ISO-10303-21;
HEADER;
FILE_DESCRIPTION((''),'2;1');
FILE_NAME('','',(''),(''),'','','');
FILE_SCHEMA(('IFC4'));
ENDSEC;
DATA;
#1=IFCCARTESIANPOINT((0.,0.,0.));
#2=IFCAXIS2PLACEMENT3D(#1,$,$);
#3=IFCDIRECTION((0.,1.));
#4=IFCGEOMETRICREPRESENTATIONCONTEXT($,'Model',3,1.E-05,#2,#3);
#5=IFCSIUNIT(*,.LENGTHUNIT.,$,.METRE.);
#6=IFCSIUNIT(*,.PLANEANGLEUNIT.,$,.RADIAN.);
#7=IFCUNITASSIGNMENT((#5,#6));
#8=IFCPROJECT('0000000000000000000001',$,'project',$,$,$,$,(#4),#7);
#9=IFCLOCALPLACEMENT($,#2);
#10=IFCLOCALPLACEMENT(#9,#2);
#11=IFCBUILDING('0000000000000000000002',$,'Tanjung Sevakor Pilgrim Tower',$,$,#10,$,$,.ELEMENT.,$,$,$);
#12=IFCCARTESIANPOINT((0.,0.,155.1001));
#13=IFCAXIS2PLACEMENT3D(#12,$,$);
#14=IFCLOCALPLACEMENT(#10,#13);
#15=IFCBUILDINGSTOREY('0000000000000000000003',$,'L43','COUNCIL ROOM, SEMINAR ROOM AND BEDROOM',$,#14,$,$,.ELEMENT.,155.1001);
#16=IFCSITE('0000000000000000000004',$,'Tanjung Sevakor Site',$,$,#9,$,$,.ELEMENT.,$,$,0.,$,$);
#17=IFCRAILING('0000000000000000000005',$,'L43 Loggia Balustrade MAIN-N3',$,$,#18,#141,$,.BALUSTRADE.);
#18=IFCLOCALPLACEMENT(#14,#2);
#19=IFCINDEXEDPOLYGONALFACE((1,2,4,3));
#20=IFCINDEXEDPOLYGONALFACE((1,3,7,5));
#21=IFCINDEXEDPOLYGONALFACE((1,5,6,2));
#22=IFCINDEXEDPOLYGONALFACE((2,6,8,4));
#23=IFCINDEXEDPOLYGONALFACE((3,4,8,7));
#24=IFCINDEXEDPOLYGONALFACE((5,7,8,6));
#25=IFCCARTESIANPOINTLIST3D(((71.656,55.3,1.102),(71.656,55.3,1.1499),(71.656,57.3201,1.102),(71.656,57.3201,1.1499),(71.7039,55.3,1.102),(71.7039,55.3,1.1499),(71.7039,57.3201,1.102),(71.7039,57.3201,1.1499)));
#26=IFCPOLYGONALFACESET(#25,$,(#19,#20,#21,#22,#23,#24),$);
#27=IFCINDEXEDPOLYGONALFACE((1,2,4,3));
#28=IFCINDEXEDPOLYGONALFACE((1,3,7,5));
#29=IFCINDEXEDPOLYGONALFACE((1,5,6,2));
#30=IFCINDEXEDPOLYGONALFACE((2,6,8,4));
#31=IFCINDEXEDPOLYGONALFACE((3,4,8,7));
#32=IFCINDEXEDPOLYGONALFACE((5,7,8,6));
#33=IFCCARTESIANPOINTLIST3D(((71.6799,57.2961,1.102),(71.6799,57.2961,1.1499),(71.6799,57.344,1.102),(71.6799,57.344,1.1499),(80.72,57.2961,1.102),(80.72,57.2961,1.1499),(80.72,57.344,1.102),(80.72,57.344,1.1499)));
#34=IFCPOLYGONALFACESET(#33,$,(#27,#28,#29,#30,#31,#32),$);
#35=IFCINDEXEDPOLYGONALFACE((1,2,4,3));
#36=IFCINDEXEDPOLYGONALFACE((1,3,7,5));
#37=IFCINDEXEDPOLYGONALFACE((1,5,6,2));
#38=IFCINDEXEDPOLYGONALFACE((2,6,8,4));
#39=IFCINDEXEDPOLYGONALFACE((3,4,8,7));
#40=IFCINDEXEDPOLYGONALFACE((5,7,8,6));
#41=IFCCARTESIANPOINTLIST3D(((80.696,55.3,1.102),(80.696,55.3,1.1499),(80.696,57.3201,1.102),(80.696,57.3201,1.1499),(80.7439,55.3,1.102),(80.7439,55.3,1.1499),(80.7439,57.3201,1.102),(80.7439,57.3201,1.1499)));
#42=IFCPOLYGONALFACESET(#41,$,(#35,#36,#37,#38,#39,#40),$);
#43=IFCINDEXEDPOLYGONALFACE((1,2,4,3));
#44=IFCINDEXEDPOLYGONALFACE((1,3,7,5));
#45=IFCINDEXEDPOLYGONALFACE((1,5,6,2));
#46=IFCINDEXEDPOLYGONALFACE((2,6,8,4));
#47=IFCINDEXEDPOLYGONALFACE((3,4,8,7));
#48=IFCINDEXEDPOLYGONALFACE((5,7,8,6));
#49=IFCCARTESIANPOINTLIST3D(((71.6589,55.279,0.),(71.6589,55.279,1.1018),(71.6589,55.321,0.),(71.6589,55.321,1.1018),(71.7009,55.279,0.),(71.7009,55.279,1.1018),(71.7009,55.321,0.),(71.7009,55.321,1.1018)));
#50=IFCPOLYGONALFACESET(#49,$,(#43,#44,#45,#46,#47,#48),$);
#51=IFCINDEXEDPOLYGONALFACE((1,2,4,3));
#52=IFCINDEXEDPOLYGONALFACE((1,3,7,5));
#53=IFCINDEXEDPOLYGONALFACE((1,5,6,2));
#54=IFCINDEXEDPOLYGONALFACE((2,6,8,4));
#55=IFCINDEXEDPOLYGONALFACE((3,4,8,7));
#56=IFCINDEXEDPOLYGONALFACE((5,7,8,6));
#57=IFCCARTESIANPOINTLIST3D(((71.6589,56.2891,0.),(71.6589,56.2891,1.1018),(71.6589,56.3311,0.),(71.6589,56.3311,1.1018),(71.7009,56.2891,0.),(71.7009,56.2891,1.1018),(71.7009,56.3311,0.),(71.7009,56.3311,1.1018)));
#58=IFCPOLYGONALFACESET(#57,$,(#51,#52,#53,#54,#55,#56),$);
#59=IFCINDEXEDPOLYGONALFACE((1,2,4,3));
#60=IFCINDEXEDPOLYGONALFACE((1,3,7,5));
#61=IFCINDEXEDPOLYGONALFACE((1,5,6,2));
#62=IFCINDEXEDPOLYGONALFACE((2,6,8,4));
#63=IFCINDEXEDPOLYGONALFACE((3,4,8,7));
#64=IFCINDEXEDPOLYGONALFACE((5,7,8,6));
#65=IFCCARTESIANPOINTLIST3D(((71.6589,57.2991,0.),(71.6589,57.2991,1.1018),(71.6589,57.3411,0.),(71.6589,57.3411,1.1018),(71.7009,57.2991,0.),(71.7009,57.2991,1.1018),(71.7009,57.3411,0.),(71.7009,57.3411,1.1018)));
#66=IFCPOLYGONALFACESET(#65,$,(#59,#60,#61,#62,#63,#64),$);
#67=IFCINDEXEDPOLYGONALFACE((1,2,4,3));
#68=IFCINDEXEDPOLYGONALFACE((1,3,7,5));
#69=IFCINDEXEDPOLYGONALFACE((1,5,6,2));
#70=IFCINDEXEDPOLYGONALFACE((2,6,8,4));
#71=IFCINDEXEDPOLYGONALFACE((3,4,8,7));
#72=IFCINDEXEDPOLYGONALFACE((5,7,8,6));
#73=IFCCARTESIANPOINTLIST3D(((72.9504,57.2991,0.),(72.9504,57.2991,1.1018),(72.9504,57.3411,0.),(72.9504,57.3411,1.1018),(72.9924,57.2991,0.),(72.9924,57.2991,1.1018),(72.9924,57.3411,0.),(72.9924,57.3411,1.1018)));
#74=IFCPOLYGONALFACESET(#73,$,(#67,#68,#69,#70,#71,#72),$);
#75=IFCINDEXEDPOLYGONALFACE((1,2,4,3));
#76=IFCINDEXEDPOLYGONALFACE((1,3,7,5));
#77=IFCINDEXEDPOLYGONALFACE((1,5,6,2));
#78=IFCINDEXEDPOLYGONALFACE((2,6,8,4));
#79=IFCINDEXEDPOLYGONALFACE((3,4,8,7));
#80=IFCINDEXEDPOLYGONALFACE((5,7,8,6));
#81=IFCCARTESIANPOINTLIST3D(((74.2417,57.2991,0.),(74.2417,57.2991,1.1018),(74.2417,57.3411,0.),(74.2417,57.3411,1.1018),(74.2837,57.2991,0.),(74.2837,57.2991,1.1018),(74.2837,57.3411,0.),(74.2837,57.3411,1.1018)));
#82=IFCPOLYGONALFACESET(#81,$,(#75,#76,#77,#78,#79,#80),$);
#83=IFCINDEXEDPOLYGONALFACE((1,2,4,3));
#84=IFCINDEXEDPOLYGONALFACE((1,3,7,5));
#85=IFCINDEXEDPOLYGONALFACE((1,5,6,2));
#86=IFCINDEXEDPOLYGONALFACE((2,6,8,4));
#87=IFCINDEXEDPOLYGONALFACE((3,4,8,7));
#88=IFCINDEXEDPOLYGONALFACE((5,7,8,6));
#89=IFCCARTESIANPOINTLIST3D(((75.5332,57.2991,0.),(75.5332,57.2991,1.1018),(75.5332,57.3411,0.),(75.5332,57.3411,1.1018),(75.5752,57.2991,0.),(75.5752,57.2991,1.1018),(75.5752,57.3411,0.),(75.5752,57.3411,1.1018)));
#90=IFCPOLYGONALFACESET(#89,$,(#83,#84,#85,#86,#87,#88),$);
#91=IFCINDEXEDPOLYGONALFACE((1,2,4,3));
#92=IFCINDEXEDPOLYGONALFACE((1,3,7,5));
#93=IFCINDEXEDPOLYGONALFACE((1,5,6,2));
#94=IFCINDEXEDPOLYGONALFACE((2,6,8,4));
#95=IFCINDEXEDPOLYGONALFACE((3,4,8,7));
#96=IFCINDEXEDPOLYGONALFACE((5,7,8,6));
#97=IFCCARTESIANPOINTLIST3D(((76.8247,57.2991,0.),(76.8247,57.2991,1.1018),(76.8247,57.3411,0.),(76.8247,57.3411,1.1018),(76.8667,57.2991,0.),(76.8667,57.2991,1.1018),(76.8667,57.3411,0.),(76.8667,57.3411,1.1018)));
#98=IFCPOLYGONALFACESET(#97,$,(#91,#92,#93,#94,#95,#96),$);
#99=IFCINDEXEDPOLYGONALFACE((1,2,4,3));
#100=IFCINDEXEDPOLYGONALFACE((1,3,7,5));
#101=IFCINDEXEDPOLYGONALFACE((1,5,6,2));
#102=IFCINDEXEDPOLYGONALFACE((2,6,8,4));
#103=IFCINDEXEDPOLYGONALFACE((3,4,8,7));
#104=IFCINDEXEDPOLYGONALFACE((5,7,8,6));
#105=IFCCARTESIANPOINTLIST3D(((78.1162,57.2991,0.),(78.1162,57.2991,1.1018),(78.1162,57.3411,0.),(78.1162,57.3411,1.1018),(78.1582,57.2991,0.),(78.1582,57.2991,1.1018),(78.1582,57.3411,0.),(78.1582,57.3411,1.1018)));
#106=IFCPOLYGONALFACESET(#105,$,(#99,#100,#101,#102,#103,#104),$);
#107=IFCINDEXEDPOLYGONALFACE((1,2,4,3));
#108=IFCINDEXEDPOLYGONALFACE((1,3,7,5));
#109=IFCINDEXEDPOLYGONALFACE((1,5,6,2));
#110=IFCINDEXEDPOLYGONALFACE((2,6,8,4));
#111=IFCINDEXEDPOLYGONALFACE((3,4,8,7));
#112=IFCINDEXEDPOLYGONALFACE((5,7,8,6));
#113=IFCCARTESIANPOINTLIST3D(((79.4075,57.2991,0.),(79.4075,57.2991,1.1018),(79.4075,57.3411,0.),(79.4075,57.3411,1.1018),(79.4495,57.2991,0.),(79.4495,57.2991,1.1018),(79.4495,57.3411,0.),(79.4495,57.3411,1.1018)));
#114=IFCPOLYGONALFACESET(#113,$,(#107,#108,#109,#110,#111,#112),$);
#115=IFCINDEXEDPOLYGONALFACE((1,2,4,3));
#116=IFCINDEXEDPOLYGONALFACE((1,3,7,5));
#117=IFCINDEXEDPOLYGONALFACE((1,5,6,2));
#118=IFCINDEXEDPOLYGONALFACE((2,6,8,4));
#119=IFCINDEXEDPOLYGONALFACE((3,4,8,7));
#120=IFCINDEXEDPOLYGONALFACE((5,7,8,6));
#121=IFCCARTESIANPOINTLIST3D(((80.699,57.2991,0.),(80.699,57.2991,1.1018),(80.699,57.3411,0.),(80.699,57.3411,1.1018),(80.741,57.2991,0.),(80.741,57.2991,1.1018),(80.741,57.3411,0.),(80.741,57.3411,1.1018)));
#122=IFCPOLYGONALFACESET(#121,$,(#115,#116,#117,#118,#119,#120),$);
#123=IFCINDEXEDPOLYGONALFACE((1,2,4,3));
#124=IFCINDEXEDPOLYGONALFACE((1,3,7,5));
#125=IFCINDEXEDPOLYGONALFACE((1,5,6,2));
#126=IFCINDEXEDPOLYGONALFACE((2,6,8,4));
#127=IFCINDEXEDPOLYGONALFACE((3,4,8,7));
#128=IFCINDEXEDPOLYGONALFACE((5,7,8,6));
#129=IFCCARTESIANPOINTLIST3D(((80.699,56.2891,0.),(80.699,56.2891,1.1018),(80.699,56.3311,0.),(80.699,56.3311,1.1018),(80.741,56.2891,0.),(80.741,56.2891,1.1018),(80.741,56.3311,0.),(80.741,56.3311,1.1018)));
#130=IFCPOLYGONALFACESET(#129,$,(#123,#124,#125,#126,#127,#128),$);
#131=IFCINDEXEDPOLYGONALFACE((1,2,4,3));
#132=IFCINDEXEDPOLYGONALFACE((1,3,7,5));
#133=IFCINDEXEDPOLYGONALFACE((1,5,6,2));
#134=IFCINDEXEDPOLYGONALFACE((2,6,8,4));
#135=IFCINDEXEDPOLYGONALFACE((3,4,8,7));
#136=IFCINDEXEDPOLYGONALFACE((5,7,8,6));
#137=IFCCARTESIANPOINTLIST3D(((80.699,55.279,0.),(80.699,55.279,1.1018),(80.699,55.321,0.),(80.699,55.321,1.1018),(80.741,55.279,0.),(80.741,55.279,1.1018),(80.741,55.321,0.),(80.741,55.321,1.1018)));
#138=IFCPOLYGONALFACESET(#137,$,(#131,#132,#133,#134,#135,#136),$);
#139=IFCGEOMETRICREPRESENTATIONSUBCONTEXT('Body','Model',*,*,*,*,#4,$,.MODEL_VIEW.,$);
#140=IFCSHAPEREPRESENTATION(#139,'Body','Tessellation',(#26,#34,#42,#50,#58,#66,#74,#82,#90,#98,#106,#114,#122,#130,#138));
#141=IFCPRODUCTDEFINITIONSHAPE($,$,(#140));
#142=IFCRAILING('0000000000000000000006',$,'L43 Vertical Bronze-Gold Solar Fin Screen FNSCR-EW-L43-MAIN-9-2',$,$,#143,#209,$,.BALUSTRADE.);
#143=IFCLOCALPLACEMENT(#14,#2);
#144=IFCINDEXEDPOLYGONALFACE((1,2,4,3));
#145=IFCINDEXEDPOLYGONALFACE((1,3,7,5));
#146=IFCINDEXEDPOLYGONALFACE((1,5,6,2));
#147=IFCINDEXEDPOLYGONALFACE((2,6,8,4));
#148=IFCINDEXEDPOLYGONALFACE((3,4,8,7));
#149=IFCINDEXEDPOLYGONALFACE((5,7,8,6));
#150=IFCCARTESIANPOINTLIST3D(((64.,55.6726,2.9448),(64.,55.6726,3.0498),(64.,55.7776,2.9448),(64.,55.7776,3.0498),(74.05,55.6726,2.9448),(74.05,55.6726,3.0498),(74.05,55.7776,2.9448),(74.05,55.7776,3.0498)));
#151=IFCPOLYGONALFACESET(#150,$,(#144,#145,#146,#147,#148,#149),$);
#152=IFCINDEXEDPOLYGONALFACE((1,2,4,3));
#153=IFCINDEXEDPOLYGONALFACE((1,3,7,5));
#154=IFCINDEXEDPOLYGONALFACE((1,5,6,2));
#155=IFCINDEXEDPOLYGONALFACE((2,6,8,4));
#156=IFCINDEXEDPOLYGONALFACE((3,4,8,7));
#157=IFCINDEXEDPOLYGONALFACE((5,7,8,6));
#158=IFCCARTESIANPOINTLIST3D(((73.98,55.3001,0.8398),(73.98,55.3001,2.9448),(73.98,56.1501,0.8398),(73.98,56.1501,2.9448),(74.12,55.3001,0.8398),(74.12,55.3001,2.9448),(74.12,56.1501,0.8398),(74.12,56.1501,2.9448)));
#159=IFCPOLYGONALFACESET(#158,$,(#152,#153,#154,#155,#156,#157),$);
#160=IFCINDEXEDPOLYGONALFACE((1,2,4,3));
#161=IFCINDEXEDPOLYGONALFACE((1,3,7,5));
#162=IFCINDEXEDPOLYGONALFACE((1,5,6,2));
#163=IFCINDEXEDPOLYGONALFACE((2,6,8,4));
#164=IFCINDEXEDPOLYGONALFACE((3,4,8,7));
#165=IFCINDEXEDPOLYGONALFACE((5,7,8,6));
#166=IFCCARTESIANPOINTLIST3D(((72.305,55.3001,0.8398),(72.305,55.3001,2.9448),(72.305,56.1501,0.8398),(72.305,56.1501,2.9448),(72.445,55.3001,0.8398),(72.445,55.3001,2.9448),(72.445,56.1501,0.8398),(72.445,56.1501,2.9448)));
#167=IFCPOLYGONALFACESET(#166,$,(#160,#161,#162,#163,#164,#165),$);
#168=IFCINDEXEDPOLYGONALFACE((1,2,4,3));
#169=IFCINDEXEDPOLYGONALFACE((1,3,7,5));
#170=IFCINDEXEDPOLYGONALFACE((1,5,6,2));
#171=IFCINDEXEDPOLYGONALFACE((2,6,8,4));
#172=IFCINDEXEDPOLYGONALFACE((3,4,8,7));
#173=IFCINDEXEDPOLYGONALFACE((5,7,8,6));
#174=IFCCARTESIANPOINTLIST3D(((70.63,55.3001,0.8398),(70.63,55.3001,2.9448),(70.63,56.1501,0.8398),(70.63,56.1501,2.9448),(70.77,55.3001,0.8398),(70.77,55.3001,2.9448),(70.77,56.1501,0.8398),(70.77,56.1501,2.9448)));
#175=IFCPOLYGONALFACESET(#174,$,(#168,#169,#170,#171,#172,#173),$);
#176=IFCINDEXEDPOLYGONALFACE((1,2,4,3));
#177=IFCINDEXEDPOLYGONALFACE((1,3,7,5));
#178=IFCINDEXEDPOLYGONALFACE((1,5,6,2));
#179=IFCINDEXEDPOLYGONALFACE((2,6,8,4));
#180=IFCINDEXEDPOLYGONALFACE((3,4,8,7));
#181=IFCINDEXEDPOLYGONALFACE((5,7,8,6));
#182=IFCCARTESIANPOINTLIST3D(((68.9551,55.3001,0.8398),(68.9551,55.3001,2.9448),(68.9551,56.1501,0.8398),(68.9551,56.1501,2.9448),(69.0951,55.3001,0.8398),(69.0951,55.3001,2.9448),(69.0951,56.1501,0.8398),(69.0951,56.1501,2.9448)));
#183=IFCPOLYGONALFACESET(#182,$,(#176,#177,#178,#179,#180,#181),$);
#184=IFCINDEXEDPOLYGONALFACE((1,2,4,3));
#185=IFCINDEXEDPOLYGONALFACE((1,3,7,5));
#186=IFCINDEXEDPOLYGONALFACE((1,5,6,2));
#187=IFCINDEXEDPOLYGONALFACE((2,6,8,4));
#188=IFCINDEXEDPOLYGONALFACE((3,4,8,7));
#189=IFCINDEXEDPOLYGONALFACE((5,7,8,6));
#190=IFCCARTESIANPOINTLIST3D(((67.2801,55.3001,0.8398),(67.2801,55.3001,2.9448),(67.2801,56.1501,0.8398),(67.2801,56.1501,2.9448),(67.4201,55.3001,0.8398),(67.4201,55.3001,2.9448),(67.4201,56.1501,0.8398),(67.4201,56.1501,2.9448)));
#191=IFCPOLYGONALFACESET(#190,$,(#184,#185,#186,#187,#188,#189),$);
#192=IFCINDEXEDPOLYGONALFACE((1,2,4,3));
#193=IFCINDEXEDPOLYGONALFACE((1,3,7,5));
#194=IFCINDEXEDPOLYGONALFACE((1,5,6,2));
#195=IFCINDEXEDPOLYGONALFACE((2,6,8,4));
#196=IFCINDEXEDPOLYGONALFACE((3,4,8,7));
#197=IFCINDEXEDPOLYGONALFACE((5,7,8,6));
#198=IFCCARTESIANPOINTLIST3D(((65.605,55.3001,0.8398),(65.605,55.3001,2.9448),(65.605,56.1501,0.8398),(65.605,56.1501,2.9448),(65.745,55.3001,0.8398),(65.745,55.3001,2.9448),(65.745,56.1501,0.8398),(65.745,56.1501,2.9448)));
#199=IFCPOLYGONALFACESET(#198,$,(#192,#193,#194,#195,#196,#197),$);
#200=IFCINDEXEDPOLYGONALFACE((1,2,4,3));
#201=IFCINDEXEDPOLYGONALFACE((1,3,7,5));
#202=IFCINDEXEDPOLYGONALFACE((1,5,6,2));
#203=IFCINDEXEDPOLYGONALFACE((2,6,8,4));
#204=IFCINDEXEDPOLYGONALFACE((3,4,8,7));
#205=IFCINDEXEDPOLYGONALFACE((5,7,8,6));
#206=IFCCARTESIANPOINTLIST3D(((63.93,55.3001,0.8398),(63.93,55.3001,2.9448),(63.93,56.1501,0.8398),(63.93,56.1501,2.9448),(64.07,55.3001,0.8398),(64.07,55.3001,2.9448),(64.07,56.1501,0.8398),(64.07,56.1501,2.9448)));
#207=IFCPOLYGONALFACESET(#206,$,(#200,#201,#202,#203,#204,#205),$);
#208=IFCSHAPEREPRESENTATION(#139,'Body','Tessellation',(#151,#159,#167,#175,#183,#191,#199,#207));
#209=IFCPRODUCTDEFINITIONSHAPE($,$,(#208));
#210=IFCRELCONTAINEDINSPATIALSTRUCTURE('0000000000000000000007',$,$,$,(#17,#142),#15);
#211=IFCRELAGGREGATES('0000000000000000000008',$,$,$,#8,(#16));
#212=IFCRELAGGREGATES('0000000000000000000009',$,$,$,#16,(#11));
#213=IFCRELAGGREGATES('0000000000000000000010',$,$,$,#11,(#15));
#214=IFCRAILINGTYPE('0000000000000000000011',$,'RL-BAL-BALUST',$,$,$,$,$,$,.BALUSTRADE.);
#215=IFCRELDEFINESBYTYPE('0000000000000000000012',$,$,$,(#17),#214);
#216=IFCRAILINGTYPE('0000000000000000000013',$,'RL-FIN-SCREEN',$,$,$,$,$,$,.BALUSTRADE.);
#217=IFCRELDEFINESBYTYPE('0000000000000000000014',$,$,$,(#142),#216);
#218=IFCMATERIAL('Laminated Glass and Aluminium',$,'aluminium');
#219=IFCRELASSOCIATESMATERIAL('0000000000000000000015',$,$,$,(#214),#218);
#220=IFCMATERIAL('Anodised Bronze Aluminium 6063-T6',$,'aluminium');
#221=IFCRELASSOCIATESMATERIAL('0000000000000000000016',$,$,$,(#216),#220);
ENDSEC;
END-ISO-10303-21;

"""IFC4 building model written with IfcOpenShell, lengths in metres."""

from ifc_helpers import new_model, si_unit, direction, frame, origin, place, context, subcontext, project, spatial, rectangle, extrude, material, type_object, element, save


model = new_model("IFC4")

# Units and contexts
model_context = context("Model", 3, precision=1e-05, world=origin(), true_north=direction((0.0, 1.0)))
body_context = subcontext(model_context, "Body", "Model", "MODEL_VIEW")
ifc_project = project(units=[si_unit("LENGTHUNIT", "METRE"), si_unit("PLANEANGLEUNIT", "RADIAN")], contexts=[model_context])

# Site, building, storey
site_placement = place(None, origin())
site = spatial("IfcSite", under=ifc_project, at=site_placement, Name="Tanjung Sevakor Site", CompositionType="ELEMENT", RefElevation=0.0)
building_placement = place(site_placement, origin())
building = spatial("IfcBuilding", under=site, at=building_placement, Name="Tanjung Sevakor Pilgrim Tower", CompositionType="ELEMENT")
storey_placement = place(building_placement, frame((0.0, 0.0, 155.1001)))
storey = spatial("IfcBuildingStorey", under=building, at=storey_placement, Name="L43", Description="COUNCIL ROOM, SEMINAR ROOM AND BEDROOM", CompositionType="ELEMENT", Elevation=155.1001)

# Railings
ifc_material_1 = material(Name="Laminated Glass and Aluminium", Category="aluminium")
railing_type_1 = type_object("IfcRailingType", Name="RL-BAL-BALUST", PredefinedType="BALUSTRADE", material=ifc_material_1)
railing_1_placement = place(storey_placement, frame((71.6799, 55.3, 0.0)))
element("IfcRailing", 1, at=railing_1_placement, inside=storey, type_object=railing_type_1, Name="L43 Loggia Balustrade MAIN-N3", PredefinedType="BALUSTRADE", context=body_context, shape_type="SweptSolid", body=[
    extrude(rectangle(XDim=0.0479, YDim=0.0479), frame((0.0, 0.0, 1.126), z_axis=(0.0, 1.0, 0.0), x_axis=(-1.0, 0.0, 0.0)), (0.0, 0.0, 1.0), 2.02),
    extrude(rectangle(XDim=0.0479, YDim=0.0479), frame((0.0, 2.02, 1.126), z_axis=(1.0, 0.0, 0.0), x_axis=(0.0, 1.0, 0.0)), (0.0, 0.0, 1.0), 9.04),
    extrude(rectangle(XDim=0.0479, YDim=0.0479), frame((9.04, 2.02, 1.126), z_axis=(0.0, -1.0, 0.0), x_axis=(1.0, 0.0, 0.0)), (0.0, 0.0, 1.0), 2.02),
    extrude(rectangle(XDim=0.042, YDim=0.042), origin(), (0.0, 0.0, 1.0), 1.1018),
    extrude(rectangle(XDim=0.042, YDim=0.042), frame((0.0, 1.01, 0.0)), (0.0, 0.0, 1.0), 1.1018),
    extrude(rectangle(XDim=0.042, YDim=0.042), frame((0.0, 2.02, 0.0)), (0.0, 0.0, 1.0), 1.1018),
    extrude(rectangle(XDim=0.042, YDim=0.042), frame((1.2915, 2.02, 0.0)), (0.0, 0.0, 1.0), 1.1018),
    extrude(rectangle(XDim=0.042, YDim=0.042), frame((2.5828, 2.02, 0.0)), (0.0, 0.0, 1.0), 1.1018),
    extrude(rectangle(XDim=0.042, YDim=0.042), frame((3.8743, 2.02, 0.0)), (0.0, 0.0, 1.0), 1.1018),
    extrude(rectangle(XDim=0.042, YDim=0.042), frame((5.1658, 2.02, 0.0)), (0.0, 0.0, 1.0), 1.1018),
    extrude(rectangle(XDim=0.042, YDim=0.042), frame((6.4573, 2.02, 0.0)), (0.0, 0.0, 1.0), 1.1018),
    extrude(rectangle(XDim=0.042, YDim=0.042), frame((7.7485, 2.02, 0.0)), (0.0, 0.0, 1.0), 1.1018),
    extrude(rectangle(XDim=0.042, YDim=0.042), frame((9.04, 2.02, 0.0)), (0.0, 0.0, 1.0), 1.1018),
    extrude(rectangle(XDim=0.042, YDim=0.042), frame((9.04, 1.01, 0.0)), (0.0, 0.0, 1.0), 1.1018),
    extrude(rectangle(XDim=0.042, YDim=0.042), frame((9.04, 0.0, 0.0)), (0.0, 0.0, 1.0), 1.1018),
])
ifc_material_2 = material(Name="Anodised Bronze Aluminium 6063-T6", Category="aluminium")
railing_type_2 = type_object("IfcRailingType", Name="RL-FIN-SCREEN", PredefinedType="BALUSTRADE", material=ifc_material_2)
railing_2_placement = place(storey_placement, frame((74.05, 55.7251, 0.8398)))
element("IfcRailing", 2, at=railing_2_placement, inside=storey, type_object=railing_type_2, Name="L43 Vertical Bronze-Gold Solar Fin Screen FNSCR-EW-L43-MAIN-9-2", PredefinedType="BALUSTRADE", context=body_context, shape_type="SweptSolid", body=[
    extrude(rectangle(XDim=0.105, YDim=0.105), frame((0.0, 0.0, 2.1575), z_axis=(-1.0, 0.0, 0.0), x_axis=(0.0, -1.0, 0.0)), (0.0, 0.0, 1.0), 10.05),
    extrude(rectangle(XDim=0.14, YDim=0.85), origin(), (0.0, 0.0, 1.0), 2.105),
    extrude(rectangle(XDim=0.14, YDim=0.85), frame((-1.675, 0.0, 0.0)), (0.0, 0.0, 1.0), 2.105),
    extrude(rectangle(XDim=0.14, YDim=0.85), frame((-3.3501, 0.0, 0.0)), (0.0, 0.0, 1.0), 2.105),
    extrude(rectangle(XDim=0.14, YDim=0.85), frame((-5.0249, 0.0, 0.0)), (0.0, 0.0, 1.0), 2.105),
    extrude(rectangle(XDim=0.14, YDim=0.85), frame((-6.7, 0.0, 0.0)), (0.0, 0.0, 1.0), 2.105),
    extrude(rectangle(XDim=0.14, YDim=0.85), frame((-8.375, 0.0, 0.0)), (0.0, 0.0, 1.0), 2.105),
    extrude(rectangle(XDim=0.14, YDim=0.85), frame((-10.05, 0.0, 0.0)), (0.0, 0.0, 1.0), 2.105),
])

save(model, "model.ifc")
